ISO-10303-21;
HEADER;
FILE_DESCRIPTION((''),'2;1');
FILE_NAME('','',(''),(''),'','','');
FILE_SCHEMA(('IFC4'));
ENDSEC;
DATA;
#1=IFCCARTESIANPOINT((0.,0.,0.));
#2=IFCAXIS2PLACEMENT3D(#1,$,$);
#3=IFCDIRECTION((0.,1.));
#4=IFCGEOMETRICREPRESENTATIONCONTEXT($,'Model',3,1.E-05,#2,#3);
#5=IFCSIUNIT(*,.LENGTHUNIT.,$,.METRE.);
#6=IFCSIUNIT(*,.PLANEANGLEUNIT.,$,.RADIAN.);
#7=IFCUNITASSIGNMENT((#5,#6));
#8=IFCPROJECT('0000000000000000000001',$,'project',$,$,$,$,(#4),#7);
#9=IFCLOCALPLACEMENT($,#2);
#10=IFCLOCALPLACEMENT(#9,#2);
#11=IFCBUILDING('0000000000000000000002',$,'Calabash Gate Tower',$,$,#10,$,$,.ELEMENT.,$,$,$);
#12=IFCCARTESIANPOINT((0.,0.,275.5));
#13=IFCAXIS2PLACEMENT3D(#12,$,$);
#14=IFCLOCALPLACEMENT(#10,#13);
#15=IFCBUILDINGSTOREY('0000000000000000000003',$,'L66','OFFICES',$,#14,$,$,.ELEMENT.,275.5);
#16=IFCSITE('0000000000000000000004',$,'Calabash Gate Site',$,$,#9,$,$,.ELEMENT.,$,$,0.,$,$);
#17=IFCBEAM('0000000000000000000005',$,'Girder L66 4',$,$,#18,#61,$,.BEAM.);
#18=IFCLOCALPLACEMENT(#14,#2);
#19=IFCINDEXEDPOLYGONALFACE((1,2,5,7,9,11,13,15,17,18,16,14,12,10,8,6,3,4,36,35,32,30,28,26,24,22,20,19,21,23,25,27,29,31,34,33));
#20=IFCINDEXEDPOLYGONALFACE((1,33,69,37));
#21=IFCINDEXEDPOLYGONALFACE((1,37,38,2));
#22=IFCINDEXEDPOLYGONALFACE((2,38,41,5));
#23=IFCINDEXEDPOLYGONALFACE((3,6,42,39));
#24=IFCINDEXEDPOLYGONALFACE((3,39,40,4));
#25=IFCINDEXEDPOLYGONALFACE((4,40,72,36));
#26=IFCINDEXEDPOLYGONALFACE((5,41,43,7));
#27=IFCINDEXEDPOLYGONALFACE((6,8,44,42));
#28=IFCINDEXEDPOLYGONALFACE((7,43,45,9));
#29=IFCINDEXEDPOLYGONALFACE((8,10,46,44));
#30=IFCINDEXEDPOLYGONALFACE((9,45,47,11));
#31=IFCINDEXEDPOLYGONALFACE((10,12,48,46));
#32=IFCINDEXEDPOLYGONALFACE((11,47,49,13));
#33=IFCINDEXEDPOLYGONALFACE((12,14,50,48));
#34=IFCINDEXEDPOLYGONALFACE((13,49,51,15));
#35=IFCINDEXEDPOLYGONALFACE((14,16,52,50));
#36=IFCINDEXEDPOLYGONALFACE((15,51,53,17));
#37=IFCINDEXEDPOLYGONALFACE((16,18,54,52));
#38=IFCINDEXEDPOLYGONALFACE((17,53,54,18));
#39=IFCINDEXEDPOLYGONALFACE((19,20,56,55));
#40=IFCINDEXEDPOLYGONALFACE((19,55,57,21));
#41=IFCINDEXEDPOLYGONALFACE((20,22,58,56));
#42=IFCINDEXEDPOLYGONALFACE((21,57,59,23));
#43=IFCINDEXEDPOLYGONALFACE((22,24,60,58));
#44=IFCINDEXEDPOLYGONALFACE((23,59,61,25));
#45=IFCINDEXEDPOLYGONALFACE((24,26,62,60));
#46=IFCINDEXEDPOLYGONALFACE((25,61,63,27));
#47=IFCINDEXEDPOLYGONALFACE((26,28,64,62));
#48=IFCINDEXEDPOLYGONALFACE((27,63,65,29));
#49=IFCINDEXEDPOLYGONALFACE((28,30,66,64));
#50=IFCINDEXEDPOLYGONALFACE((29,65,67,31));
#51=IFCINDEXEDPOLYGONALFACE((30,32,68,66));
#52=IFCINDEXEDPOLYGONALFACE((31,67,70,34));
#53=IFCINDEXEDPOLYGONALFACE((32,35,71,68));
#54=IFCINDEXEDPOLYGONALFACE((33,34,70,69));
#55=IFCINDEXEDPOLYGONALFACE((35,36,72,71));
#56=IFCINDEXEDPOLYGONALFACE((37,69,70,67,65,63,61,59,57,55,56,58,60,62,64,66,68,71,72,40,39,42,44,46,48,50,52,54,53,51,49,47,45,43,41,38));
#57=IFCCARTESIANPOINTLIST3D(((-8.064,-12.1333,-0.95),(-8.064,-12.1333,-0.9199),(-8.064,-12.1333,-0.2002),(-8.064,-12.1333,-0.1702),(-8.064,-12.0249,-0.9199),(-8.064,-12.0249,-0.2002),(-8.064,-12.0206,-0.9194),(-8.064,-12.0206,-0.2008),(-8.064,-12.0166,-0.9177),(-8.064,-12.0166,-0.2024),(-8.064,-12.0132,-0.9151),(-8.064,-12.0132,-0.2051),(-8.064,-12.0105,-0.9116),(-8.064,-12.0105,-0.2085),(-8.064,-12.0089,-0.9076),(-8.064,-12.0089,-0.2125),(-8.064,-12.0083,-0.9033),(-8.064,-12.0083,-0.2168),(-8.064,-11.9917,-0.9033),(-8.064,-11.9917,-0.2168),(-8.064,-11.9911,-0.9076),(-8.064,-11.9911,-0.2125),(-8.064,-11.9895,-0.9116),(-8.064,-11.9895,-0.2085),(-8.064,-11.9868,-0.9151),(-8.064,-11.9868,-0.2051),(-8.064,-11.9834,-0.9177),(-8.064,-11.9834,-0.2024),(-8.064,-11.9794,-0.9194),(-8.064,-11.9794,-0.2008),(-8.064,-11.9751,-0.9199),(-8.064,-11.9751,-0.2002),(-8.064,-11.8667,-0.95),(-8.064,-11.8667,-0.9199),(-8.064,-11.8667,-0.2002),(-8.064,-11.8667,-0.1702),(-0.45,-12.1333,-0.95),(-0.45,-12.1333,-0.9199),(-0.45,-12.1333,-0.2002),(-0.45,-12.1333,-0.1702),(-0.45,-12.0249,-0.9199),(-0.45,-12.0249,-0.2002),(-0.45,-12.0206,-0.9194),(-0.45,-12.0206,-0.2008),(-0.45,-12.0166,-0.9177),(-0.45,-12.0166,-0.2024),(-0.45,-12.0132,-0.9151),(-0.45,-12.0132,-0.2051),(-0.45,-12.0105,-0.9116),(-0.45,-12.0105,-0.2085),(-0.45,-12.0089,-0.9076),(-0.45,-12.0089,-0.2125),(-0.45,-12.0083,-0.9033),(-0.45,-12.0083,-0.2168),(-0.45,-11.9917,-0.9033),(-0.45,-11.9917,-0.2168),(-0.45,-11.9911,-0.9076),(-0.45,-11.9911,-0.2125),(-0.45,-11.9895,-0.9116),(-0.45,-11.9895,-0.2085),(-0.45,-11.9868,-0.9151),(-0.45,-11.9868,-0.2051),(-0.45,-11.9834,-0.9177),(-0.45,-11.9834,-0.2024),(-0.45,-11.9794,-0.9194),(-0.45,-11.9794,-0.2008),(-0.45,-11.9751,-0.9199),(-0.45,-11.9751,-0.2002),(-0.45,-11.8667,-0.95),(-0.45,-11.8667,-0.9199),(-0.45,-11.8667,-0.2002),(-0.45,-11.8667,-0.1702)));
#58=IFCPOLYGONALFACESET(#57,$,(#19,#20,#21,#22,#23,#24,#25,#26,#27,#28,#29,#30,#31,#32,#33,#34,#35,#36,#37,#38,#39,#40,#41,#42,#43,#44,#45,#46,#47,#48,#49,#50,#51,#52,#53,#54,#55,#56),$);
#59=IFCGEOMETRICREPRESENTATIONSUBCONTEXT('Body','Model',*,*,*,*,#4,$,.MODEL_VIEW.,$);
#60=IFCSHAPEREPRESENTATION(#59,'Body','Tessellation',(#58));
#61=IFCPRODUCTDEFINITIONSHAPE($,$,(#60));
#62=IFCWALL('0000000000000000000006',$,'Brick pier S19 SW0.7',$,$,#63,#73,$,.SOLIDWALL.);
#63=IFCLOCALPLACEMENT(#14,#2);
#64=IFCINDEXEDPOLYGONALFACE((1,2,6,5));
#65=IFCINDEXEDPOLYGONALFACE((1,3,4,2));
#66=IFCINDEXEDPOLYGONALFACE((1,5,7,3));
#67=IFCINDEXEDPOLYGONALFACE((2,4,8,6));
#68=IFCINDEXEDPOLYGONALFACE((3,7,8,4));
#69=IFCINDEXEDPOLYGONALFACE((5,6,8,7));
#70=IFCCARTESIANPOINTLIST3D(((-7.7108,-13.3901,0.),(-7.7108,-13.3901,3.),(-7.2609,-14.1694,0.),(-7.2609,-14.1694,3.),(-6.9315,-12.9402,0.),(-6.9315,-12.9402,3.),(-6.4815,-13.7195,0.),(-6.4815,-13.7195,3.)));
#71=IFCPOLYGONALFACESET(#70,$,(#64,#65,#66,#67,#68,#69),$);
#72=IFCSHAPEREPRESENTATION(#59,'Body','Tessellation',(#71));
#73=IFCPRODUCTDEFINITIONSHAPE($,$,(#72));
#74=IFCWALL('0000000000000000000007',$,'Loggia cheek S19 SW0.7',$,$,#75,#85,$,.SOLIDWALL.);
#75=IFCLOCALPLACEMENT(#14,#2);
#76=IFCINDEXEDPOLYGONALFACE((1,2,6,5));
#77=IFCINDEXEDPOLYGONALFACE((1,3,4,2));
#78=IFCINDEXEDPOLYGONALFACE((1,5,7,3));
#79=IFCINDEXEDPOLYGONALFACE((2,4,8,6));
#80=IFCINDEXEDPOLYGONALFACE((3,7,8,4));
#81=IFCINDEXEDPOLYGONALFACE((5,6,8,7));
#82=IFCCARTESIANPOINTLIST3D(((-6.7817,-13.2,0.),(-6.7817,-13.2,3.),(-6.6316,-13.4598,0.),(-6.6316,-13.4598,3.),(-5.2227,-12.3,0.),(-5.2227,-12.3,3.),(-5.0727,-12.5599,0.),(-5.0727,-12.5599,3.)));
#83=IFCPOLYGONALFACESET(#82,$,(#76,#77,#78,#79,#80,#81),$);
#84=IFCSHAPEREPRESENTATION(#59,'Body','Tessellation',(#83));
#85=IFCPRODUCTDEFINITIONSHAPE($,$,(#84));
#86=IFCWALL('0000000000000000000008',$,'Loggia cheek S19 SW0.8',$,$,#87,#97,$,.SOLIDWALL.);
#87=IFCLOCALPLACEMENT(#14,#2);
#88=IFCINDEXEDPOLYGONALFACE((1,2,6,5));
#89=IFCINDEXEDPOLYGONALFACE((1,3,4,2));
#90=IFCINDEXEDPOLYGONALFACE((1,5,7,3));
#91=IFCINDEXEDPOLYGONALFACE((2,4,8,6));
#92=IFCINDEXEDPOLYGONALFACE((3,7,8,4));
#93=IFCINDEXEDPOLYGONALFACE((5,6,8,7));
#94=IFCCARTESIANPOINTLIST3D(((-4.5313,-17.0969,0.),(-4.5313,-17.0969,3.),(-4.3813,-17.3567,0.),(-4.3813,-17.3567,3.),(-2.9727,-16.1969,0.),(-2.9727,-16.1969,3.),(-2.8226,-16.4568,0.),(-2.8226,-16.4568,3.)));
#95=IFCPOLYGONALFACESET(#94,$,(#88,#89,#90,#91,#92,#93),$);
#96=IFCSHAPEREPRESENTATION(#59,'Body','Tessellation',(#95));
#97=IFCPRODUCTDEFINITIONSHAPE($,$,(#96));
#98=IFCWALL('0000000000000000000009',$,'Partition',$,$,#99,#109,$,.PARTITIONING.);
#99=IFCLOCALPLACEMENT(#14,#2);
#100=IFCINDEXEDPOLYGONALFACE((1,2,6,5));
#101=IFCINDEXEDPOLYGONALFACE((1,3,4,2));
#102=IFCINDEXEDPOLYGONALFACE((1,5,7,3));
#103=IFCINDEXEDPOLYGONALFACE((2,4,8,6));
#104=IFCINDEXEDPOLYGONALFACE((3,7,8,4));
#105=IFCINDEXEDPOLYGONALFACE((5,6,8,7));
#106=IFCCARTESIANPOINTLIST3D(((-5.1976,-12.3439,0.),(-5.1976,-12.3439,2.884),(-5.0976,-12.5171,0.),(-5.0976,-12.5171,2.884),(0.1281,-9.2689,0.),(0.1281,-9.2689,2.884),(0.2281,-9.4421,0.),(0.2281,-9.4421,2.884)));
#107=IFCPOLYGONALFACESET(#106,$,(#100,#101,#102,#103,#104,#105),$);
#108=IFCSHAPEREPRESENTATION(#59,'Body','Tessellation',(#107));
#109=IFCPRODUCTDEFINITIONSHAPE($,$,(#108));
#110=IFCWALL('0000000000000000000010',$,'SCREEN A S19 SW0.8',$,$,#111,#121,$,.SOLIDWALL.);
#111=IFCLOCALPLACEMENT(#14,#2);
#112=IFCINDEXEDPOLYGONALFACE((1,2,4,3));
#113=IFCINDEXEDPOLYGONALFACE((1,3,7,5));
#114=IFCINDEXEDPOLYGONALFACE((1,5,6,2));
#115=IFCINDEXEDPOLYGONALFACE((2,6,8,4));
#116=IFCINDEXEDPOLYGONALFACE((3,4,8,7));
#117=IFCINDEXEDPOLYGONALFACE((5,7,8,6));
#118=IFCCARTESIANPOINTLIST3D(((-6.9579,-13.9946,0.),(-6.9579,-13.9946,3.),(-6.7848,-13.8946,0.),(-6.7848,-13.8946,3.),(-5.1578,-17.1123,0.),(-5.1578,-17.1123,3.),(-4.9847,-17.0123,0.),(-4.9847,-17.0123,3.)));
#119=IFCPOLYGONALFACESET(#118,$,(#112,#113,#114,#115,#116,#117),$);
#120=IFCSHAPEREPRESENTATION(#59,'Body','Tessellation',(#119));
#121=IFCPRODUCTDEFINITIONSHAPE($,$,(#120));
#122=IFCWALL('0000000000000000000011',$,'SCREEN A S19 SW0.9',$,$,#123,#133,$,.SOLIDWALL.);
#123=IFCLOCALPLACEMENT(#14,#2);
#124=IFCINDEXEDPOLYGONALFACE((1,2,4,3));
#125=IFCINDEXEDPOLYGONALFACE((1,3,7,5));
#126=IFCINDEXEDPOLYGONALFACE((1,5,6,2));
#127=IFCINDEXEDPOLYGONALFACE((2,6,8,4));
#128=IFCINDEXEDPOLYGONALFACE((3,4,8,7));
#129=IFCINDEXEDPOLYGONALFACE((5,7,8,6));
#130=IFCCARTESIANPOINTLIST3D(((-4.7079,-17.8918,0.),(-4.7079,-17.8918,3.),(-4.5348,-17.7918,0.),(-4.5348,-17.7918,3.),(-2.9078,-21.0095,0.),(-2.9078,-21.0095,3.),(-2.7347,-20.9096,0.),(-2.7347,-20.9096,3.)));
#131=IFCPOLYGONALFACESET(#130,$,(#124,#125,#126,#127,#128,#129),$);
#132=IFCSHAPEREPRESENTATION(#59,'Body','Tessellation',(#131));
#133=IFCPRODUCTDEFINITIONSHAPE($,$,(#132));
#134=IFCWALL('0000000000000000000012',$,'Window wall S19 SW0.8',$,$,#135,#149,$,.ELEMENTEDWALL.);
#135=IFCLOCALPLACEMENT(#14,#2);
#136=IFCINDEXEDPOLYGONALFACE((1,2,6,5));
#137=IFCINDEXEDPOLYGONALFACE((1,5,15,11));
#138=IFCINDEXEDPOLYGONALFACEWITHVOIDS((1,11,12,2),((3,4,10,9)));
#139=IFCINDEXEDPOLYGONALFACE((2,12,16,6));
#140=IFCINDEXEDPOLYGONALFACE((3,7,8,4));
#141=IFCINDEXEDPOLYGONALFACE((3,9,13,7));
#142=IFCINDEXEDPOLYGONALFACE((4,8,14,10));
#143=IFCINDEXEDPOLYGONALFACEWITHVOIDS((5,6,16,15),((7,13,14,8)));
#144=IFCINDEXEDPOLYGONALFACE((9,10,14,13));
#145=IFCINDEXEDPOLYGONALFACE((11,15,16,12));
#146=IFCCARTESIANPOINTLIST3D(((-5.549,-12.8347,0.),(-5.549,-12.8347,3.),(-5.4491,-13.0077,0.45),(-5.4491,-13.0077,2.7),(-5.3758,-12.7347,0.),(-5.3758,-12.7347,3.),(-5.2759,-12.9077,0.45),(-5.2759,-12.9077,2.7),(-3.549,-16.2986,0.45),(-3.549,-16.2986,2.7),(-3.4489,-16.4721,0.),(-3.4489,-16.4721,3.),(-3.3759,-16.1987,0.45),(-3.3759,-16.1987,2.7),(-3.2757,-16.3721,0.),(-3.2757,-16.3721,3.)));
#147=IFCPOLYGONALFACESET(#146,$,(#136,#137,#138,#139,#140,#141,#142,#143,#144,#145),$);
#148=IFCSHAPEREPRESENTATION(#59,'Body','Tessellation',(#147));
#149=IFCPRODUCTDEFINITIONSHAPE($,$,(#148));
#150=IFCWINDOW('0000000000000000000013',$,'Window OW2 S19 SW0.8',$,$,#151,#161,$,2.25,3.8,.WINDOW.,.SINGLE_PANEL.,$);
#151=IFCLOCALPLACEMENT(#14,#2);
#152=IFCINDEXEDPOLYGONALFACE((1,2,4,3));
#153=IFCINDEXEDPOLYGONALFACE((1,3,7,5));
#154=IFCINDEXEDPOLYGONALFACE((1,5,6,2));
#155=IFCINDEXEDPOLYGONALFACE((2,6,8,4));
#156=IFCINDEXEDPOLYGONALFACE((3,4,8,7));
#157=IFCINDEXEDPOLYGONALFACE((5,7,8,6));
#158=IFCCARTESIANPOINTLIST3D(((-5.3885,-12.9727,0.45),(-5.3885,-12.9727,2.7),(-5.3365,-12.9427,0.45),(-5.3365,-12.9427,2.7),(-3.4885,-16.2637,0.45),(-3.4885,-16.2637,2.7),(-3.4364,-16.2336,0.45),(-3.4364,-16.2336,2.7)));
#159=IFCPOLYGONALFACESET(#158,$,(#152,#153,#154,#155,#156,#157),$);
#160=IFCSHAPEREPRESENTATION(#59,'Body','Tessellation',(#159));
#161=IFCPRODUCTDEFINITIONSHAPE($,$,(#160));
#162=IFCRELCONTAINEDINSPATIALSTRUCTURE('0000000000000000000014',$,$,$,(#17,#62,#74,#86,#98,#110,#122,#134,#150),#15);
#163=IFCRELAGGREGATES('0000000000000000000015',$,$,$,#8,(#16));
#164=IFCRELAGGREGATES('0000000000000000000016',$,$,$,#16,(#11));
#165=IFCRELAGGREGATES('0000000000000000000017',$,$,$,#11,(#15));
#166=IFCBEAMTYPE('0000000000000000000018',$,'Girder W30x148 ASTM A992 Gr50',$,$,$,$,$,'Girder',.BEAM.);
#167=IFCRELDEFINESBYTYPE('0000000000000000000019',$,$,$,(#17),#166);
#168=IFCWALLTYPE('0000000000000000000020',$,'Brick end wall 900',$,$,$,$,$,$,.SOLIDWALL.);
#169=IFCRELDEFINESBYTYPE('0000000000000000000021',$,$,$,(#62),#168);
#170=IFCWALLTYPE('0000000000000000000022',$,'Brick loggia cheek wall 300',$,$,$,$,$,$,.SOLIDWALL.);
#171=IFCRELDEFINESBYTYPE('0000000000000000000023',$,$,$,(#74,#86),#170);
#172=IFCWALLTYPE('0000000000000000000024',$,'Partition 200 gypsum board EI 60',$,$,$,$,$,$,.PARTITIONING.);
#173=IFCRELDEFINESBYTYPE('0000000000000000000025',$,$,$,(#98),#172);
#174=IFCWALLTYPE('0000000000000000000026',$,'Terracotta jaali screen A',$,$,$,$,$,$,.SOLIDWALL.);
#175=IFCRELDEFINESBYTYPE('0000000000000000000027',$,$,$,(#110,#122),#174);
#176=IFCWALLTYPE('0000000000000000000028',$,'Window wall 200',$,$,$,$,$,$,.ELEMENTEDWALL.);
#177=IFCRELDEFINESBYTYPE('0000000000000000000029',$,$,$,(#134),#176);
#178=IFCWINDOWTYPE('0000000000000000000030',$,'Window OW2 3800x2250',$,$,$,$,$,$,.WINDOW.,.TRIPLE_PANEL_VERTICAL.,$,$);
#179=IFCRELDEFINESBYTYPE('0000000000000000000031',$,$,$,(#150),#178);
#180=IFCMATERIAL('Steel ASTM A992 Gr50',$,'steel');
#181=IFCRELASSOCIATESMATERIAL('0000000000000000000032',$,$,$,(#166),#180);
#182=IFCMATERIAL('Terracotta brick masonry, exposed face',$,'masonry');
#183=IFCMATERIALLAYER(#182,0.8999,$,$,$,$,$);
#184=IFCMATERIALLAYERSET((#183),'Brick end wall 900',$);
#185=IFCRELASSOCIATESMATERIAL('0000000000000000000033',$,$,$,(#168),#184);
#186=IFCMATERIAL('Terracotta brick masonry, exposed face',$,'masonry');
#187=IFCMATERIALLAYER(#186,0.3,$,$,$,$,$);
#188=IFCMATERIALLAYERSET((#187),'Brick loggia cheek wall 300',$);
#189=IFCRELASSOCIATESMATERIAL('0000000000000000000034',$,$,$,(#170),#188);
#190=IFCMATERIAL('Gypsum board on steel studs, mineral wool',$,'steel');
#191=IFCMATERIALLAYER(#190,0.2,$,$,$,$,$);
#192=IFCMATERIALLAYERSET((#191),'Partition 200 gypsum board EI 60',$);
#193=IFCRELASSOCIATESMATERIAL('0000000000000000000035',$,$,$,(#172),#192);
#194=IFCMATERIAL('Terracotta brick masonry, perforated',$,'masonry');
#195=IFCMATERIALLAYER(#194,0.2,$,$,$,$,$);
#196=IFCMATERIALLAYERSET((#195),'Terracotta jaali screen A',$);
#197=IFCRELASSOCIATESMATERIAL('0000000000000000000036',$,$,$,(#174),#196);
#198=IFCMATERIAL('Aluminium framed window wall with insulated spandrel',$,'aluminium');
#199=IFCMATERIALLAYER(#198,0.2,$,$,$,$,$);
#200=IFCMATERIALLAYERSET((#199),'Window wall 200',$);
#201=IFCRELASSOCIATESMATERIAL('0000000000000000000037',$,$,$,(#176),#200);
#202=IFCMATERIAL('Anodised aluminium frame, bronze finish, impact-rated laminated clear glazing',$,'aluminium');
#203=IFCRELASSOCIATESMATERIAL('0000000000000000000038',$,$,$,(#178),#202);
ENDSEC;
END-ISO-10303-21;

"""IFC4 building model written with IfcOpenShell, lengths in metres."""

from ifc_helpers import new_model, si_unit, direction, frame, frame_2d, origin, origin_2d, place, context, subcontext, project, spatial, rectangle, i_section, extrude, material, layer, layer_set, material_profile, profile_set, type_object, element, fill, save


model = new_model("IFC4")

# Units and contexts
model_context = context("Model", 3, precision=1e-05, world=origin(), true_north=direction((0.0, 1.0)))
body_context = subcontext(model_context, "Body", "Model", "MODEL_VIEW")
ifc_project = project(units=[si_unit("LENGTHUNIT", "METRE"), si_unit("PLANEANGLEUNIT", "RADIAN")], contexts=[model_context])

# Site, building, storey
site_placement = place(None, origin())
site = spatial("IfcSite", under=ifc_project, at=site_placement, Name="Calabash Gate Site", CompositionType="ELEMENT", RefElevation=0.0)
building_placement = place(site_placement, origin())
building = spatial("IfcBuilding", under=site, at=building_placement, Name="Calabash Gate Tower", CompositionType="ELEMENT")
storey_placement = place(building_placement, frame((0.0, 0.0, 275.5)))
storey = spatial("IfcBuildingStorey", under=building, at=storey_placement, Name="L66", Description="OFFICES", CompositionType="ELEMENT", Elevation=275.5)

# Beam
ifc_material_1 = material(Name="Steel ASTM A992 Gr50", Category="steel")
ifc_material_profile_1 = material_profile(ifc_material_1, i_section(OverallWidth=0.2666, OverallDepth=0.7798, WebThickness=0.0166, FlangeThickness=0.03, FilletRadius=0.0166, at=origin_2d()))
ifc_profile_set_1 = profile_set([ifc_material_profile_1], Name="Steel ASTM A992 Gr50")
beam_type_1 = type_object("IfcBeamType", Name="Girder W30x148 ASTM A992 Gr50", ElementType="Girder", PredefinedType="BEAM", material=ifc_profile_set_1)
beam_1_placement = place(storey_placement, frame((-8.064, -12.0, -0.5601), z_axis=(1.0, 0.0, 0.0), x_axis=(0.0, 1.0, 0.0)))
element("IfcBeam", 1, at=beam_1_placement, inside=storey, type_object=beam_type_1, Name="Girder L66 4", PredefinedType="BEAM", context=body_context, shape_type="SweptSolid", body=[
    extrude(i_section(OverallWidth=0.2666, OverallDepth=0.7798, WebThickness=0.0166, FlangeThickness=0.03, FilletRadius=0.0166, at=origin_2d()), origin(), (0.0, 0.0, 1.0), 7.614),
])

# Walls
ifc_material_2 = material(Name="Terracotta brick masonry, exposed face", Category="masonry")
ifc_layer_1 = layer(ifc_material_2, 0.8999)
ifc_layer_set_1 = layer_set([ifc_layer_1], Name="Brick end wall 900")
wall_type_1 = type_object("IfcWallType", Name="Brick end wall 900", PredefinedType="SOLIDWALL", material=ifc_layer_set_1)
wall_1_placement = place(storey_placement, frame((-7.4858, -13.7798, 0.0), z_axis=(0.0, 0.0, 1.0), x_axis=(0.866014, 0.50002, 0.0)))
element("IfcWall", 2, at=wall_1_placement, inside=storey, type_object=wall_type_1, Name="Brick pier S19 SW0.7", PredefinedType="SOLIDWALL", context=body_context, shape_type="SweptSolid", body=[
    extrude(rectangle(XDim=0.8999, YDim=0.8999, at=frame_2d((0.45, 0.0))), origin(), (0.0, 0.0, 1.0), 3.0),
])
ifc_material_3 = material(Name="Terracotta brick masonry, exposed face", Category="masonry")
ifc_layer_2 = layer(ifc_material_3, 0.3)
ifc_layer_set_2 = layer_set([ifc_layer_2], Name="Brick loggia cheek wall 300")
wall_type_2 = type_object("IfcWallType", Name="Brick loggia cheek wall 300", PredefinedType="SOLIDWALL", material=ifc_layer_set_2)
wall_2_placement = place(storey_placement, frame((-6.7065, -13.3298, 0.0), z_axis=(0.0, 0.0, 1.0), x_axis=(0.866048, 0.499961, 0.0)))
element("IfcWall", 3, at=wall_2_placement, inside=storey, type_object=wall_type_2, Name="Loggia cheek S19 SW0.7", PredefinedType="SOLIDWALL", context=body_context, shape_type="SweptSolid", body=[
    extrude(rectangle(XDim=1.8, YDim=0.3, at=frame_2d((0.8999, 0.0))), origin(), (0.0, 0.0, 1.0), 3.0),
])
wall_3_placement = place(storey_placement, frame((-4.4563, -17.2268, 0.0), z_axis=(0.0, 0.0, 1.0), x_axis=(0.866014, 0.50002, 0.0)))
element("IfcWall", 4, at=wall_3_placement, inside=storey, type_object=wall_type_2, Name="Loggia cheek S19 SW0.8", PredefinedType="SOLIDWALL", context=body_context, shape_type="SweptSolid", body=[
    extrude(rectangle(XDim=1.7998, YDim=0.3, at=frame_2d((0.8999, 0.0))), origin(), (0.0, 0.0, 1.0), 3.0),
])
ifc_material_4 = material(Name="Gypsum board on steel studs, mineral wool", Category="steel")
ifc_layer_3 = layer(ifc_material_4, 0.2)
ifc_layer_set_3 = layer_set([ifc_layer_3], Name="Partition 200 gypsum board EI 60")
wall_type_3 = type_object("IfcWallType", Name="Partition 200 gypsum board EI 60", PredefinedType="PARTITIONING", material=ifc_layer_set_3)
wall_4_placement = place(storey_placement, frame((-5.1475, -12.4304, 0.0), z_axis=(0.0, 0.0, 1.0), x_axis=(0.866014, 0.50002, 0.0)))
element("IfcWall", 5, at=wall_4_placement, inside=storey, type_object=wall_type_3, Name="Partition", PredefinedType="PARTITIONING", context=body_context, shape_type="SweptSolid", body=[
    extrude(rectangle(XDim=6.1497, YDim=0.2, at=frame_2d((3.0747, 0.0))), origin(), (0.0, 0.0, 1.0), 2.884),
])
ifc_material_5 = material(Name="Terracotta brick masonry, perforated", Category="masonry")
ifc_layer_4 = layer(ifc_material_5, 0.2)
ifc_layer_set_4 = layer_set([ifc_layer_4], Name="Terracotta jaali screen A")
wall_type_4 = type_object("IfcWallType", Name="Terracotta jaali screen A", PredefinedType="SOLIDWALL", material=ifc_layer_set_4)
for number, where, z_axis, x_axis, name in (
    (6, (-6.8713, -13.9446, 0.0), (0.0, 0.0, 1.0), (0.500012, -0.866018, 0.0), "SCREEN A S19 SW0.8"),
    (7, (-4.6213, -17.8418, 0.0), (0.0, 0.0, 1.0), (0.500012, -0.866018, 0.0), "SCREEN A S19 SW0.9"),
):
    element("IfcWall", number, at=place(storey_placement, frame(where, z_axis=z_axis, x_axis=x_axis)), inside=storey, type_object=wall_type_4, Name=name, PredefinedType="SOLIDWALL", context=body_context, shape_type="SweptSolid", body=[
        extrude(rectangle(XDim=3.6001, YDim=0.2, at=frame_2d((1.8, 0.0))), origin(), (0.0, 0.0, 1.0), 3.0),
    ])

# Wall, opening, window
ifc_material_6 = material(Name="Aluminium framed window wall with insulated spandrel", Category="aluminium")
ifc_layer_5 = layer(ifc_material_6, 0.2)
ifc_layer_set_5 = layer_set([ifc_layer_5], Name="Window wall 200")
wall_type_5 = type_object("IfcWallType", Name="Window wall 200", PredefinedType="ELEMENTEDWALL", material=ifc_layer_set_5)
wall_5_placement = place(storey_placement, frame((-5.4624, -12.7847, 0.0), z_axis=(0.0, 0.0, 1.0), x_axis=(0.500003, -0.866024, 0.0)))
wall_5 = element("IfcWall", 8, at=wall_5_placement, inside=storey, type_object=wall_type_5, Name="Window wall S19 SW0.8", PredefinedType="ELEMENTEDWALL", context=body_context, shape_type="SweptSolid", body=[
    extrude(rectangle(XDim=4.2002, YDim=0.2, at=frame_2d((2.1001, 0.0))), origin(), (0.0, 0.0, 1.0), 3.0),
])
opening_1_placement = place(wall_5_placement, frame((0.2, 0.0, 0.45)))
opening_1 = element("IfcOpeningElement", 9, at=opening_1_placement, cuts=wall_5, PredefinedType="OPENING", context=body_context, shape_type="SweptSolid", body=[
    extrude(rectangle(XDim=3.8, YDim=2.25, at=frame_2d((1.8999, 1.125))), frame((0.0, 0.1099, 0.0), z_axis=(0.0, -1.0, 0.0), x_axis=(1.0, 0.0, 0.0)), (0.0, 0.0, 1.0), 0.22),
])
ifc_material_7 = material(Name="Anodised aluminium frame, bronze finish, impact-rated laminated clear glazing", Category="aluminium")
window_type_1 = type_object("IfcWindowType", Name="Window OW2 3800x2250", PartitioningType="TRIPLE_PANEL_VERTICAL", PredefinedType="WINDOW", material=ifc_material_7)
window_1_placement = place(opening_1_placement, origin())
window_1 = element("IfcWindow", 10, at=window_1_placement, inside=storey, type_object=window_type_1, Name="Window OW2 S19 SW0.8", OverallHeight=2.25, OverallWidth=3.8, PartitioningType="SINGLE_PANEL", PredefinedType="WINDOW", context=body_context, shape_type="SweptSolid", body=[
    extrude(rectangle(XDim=3.8, YDim=2.25, at=frame_2d((1.8999, 1.125))), frame((0.0, 0.03, 0.0), z_axis=(0.0, -1.0, 0.0), x_axis=(1.0, 0.0, 0.0)), (0.0, 0.0, 1.0), 0.0601),
])
fill(opening_1, window_1)

save(model, "model.ifc")
